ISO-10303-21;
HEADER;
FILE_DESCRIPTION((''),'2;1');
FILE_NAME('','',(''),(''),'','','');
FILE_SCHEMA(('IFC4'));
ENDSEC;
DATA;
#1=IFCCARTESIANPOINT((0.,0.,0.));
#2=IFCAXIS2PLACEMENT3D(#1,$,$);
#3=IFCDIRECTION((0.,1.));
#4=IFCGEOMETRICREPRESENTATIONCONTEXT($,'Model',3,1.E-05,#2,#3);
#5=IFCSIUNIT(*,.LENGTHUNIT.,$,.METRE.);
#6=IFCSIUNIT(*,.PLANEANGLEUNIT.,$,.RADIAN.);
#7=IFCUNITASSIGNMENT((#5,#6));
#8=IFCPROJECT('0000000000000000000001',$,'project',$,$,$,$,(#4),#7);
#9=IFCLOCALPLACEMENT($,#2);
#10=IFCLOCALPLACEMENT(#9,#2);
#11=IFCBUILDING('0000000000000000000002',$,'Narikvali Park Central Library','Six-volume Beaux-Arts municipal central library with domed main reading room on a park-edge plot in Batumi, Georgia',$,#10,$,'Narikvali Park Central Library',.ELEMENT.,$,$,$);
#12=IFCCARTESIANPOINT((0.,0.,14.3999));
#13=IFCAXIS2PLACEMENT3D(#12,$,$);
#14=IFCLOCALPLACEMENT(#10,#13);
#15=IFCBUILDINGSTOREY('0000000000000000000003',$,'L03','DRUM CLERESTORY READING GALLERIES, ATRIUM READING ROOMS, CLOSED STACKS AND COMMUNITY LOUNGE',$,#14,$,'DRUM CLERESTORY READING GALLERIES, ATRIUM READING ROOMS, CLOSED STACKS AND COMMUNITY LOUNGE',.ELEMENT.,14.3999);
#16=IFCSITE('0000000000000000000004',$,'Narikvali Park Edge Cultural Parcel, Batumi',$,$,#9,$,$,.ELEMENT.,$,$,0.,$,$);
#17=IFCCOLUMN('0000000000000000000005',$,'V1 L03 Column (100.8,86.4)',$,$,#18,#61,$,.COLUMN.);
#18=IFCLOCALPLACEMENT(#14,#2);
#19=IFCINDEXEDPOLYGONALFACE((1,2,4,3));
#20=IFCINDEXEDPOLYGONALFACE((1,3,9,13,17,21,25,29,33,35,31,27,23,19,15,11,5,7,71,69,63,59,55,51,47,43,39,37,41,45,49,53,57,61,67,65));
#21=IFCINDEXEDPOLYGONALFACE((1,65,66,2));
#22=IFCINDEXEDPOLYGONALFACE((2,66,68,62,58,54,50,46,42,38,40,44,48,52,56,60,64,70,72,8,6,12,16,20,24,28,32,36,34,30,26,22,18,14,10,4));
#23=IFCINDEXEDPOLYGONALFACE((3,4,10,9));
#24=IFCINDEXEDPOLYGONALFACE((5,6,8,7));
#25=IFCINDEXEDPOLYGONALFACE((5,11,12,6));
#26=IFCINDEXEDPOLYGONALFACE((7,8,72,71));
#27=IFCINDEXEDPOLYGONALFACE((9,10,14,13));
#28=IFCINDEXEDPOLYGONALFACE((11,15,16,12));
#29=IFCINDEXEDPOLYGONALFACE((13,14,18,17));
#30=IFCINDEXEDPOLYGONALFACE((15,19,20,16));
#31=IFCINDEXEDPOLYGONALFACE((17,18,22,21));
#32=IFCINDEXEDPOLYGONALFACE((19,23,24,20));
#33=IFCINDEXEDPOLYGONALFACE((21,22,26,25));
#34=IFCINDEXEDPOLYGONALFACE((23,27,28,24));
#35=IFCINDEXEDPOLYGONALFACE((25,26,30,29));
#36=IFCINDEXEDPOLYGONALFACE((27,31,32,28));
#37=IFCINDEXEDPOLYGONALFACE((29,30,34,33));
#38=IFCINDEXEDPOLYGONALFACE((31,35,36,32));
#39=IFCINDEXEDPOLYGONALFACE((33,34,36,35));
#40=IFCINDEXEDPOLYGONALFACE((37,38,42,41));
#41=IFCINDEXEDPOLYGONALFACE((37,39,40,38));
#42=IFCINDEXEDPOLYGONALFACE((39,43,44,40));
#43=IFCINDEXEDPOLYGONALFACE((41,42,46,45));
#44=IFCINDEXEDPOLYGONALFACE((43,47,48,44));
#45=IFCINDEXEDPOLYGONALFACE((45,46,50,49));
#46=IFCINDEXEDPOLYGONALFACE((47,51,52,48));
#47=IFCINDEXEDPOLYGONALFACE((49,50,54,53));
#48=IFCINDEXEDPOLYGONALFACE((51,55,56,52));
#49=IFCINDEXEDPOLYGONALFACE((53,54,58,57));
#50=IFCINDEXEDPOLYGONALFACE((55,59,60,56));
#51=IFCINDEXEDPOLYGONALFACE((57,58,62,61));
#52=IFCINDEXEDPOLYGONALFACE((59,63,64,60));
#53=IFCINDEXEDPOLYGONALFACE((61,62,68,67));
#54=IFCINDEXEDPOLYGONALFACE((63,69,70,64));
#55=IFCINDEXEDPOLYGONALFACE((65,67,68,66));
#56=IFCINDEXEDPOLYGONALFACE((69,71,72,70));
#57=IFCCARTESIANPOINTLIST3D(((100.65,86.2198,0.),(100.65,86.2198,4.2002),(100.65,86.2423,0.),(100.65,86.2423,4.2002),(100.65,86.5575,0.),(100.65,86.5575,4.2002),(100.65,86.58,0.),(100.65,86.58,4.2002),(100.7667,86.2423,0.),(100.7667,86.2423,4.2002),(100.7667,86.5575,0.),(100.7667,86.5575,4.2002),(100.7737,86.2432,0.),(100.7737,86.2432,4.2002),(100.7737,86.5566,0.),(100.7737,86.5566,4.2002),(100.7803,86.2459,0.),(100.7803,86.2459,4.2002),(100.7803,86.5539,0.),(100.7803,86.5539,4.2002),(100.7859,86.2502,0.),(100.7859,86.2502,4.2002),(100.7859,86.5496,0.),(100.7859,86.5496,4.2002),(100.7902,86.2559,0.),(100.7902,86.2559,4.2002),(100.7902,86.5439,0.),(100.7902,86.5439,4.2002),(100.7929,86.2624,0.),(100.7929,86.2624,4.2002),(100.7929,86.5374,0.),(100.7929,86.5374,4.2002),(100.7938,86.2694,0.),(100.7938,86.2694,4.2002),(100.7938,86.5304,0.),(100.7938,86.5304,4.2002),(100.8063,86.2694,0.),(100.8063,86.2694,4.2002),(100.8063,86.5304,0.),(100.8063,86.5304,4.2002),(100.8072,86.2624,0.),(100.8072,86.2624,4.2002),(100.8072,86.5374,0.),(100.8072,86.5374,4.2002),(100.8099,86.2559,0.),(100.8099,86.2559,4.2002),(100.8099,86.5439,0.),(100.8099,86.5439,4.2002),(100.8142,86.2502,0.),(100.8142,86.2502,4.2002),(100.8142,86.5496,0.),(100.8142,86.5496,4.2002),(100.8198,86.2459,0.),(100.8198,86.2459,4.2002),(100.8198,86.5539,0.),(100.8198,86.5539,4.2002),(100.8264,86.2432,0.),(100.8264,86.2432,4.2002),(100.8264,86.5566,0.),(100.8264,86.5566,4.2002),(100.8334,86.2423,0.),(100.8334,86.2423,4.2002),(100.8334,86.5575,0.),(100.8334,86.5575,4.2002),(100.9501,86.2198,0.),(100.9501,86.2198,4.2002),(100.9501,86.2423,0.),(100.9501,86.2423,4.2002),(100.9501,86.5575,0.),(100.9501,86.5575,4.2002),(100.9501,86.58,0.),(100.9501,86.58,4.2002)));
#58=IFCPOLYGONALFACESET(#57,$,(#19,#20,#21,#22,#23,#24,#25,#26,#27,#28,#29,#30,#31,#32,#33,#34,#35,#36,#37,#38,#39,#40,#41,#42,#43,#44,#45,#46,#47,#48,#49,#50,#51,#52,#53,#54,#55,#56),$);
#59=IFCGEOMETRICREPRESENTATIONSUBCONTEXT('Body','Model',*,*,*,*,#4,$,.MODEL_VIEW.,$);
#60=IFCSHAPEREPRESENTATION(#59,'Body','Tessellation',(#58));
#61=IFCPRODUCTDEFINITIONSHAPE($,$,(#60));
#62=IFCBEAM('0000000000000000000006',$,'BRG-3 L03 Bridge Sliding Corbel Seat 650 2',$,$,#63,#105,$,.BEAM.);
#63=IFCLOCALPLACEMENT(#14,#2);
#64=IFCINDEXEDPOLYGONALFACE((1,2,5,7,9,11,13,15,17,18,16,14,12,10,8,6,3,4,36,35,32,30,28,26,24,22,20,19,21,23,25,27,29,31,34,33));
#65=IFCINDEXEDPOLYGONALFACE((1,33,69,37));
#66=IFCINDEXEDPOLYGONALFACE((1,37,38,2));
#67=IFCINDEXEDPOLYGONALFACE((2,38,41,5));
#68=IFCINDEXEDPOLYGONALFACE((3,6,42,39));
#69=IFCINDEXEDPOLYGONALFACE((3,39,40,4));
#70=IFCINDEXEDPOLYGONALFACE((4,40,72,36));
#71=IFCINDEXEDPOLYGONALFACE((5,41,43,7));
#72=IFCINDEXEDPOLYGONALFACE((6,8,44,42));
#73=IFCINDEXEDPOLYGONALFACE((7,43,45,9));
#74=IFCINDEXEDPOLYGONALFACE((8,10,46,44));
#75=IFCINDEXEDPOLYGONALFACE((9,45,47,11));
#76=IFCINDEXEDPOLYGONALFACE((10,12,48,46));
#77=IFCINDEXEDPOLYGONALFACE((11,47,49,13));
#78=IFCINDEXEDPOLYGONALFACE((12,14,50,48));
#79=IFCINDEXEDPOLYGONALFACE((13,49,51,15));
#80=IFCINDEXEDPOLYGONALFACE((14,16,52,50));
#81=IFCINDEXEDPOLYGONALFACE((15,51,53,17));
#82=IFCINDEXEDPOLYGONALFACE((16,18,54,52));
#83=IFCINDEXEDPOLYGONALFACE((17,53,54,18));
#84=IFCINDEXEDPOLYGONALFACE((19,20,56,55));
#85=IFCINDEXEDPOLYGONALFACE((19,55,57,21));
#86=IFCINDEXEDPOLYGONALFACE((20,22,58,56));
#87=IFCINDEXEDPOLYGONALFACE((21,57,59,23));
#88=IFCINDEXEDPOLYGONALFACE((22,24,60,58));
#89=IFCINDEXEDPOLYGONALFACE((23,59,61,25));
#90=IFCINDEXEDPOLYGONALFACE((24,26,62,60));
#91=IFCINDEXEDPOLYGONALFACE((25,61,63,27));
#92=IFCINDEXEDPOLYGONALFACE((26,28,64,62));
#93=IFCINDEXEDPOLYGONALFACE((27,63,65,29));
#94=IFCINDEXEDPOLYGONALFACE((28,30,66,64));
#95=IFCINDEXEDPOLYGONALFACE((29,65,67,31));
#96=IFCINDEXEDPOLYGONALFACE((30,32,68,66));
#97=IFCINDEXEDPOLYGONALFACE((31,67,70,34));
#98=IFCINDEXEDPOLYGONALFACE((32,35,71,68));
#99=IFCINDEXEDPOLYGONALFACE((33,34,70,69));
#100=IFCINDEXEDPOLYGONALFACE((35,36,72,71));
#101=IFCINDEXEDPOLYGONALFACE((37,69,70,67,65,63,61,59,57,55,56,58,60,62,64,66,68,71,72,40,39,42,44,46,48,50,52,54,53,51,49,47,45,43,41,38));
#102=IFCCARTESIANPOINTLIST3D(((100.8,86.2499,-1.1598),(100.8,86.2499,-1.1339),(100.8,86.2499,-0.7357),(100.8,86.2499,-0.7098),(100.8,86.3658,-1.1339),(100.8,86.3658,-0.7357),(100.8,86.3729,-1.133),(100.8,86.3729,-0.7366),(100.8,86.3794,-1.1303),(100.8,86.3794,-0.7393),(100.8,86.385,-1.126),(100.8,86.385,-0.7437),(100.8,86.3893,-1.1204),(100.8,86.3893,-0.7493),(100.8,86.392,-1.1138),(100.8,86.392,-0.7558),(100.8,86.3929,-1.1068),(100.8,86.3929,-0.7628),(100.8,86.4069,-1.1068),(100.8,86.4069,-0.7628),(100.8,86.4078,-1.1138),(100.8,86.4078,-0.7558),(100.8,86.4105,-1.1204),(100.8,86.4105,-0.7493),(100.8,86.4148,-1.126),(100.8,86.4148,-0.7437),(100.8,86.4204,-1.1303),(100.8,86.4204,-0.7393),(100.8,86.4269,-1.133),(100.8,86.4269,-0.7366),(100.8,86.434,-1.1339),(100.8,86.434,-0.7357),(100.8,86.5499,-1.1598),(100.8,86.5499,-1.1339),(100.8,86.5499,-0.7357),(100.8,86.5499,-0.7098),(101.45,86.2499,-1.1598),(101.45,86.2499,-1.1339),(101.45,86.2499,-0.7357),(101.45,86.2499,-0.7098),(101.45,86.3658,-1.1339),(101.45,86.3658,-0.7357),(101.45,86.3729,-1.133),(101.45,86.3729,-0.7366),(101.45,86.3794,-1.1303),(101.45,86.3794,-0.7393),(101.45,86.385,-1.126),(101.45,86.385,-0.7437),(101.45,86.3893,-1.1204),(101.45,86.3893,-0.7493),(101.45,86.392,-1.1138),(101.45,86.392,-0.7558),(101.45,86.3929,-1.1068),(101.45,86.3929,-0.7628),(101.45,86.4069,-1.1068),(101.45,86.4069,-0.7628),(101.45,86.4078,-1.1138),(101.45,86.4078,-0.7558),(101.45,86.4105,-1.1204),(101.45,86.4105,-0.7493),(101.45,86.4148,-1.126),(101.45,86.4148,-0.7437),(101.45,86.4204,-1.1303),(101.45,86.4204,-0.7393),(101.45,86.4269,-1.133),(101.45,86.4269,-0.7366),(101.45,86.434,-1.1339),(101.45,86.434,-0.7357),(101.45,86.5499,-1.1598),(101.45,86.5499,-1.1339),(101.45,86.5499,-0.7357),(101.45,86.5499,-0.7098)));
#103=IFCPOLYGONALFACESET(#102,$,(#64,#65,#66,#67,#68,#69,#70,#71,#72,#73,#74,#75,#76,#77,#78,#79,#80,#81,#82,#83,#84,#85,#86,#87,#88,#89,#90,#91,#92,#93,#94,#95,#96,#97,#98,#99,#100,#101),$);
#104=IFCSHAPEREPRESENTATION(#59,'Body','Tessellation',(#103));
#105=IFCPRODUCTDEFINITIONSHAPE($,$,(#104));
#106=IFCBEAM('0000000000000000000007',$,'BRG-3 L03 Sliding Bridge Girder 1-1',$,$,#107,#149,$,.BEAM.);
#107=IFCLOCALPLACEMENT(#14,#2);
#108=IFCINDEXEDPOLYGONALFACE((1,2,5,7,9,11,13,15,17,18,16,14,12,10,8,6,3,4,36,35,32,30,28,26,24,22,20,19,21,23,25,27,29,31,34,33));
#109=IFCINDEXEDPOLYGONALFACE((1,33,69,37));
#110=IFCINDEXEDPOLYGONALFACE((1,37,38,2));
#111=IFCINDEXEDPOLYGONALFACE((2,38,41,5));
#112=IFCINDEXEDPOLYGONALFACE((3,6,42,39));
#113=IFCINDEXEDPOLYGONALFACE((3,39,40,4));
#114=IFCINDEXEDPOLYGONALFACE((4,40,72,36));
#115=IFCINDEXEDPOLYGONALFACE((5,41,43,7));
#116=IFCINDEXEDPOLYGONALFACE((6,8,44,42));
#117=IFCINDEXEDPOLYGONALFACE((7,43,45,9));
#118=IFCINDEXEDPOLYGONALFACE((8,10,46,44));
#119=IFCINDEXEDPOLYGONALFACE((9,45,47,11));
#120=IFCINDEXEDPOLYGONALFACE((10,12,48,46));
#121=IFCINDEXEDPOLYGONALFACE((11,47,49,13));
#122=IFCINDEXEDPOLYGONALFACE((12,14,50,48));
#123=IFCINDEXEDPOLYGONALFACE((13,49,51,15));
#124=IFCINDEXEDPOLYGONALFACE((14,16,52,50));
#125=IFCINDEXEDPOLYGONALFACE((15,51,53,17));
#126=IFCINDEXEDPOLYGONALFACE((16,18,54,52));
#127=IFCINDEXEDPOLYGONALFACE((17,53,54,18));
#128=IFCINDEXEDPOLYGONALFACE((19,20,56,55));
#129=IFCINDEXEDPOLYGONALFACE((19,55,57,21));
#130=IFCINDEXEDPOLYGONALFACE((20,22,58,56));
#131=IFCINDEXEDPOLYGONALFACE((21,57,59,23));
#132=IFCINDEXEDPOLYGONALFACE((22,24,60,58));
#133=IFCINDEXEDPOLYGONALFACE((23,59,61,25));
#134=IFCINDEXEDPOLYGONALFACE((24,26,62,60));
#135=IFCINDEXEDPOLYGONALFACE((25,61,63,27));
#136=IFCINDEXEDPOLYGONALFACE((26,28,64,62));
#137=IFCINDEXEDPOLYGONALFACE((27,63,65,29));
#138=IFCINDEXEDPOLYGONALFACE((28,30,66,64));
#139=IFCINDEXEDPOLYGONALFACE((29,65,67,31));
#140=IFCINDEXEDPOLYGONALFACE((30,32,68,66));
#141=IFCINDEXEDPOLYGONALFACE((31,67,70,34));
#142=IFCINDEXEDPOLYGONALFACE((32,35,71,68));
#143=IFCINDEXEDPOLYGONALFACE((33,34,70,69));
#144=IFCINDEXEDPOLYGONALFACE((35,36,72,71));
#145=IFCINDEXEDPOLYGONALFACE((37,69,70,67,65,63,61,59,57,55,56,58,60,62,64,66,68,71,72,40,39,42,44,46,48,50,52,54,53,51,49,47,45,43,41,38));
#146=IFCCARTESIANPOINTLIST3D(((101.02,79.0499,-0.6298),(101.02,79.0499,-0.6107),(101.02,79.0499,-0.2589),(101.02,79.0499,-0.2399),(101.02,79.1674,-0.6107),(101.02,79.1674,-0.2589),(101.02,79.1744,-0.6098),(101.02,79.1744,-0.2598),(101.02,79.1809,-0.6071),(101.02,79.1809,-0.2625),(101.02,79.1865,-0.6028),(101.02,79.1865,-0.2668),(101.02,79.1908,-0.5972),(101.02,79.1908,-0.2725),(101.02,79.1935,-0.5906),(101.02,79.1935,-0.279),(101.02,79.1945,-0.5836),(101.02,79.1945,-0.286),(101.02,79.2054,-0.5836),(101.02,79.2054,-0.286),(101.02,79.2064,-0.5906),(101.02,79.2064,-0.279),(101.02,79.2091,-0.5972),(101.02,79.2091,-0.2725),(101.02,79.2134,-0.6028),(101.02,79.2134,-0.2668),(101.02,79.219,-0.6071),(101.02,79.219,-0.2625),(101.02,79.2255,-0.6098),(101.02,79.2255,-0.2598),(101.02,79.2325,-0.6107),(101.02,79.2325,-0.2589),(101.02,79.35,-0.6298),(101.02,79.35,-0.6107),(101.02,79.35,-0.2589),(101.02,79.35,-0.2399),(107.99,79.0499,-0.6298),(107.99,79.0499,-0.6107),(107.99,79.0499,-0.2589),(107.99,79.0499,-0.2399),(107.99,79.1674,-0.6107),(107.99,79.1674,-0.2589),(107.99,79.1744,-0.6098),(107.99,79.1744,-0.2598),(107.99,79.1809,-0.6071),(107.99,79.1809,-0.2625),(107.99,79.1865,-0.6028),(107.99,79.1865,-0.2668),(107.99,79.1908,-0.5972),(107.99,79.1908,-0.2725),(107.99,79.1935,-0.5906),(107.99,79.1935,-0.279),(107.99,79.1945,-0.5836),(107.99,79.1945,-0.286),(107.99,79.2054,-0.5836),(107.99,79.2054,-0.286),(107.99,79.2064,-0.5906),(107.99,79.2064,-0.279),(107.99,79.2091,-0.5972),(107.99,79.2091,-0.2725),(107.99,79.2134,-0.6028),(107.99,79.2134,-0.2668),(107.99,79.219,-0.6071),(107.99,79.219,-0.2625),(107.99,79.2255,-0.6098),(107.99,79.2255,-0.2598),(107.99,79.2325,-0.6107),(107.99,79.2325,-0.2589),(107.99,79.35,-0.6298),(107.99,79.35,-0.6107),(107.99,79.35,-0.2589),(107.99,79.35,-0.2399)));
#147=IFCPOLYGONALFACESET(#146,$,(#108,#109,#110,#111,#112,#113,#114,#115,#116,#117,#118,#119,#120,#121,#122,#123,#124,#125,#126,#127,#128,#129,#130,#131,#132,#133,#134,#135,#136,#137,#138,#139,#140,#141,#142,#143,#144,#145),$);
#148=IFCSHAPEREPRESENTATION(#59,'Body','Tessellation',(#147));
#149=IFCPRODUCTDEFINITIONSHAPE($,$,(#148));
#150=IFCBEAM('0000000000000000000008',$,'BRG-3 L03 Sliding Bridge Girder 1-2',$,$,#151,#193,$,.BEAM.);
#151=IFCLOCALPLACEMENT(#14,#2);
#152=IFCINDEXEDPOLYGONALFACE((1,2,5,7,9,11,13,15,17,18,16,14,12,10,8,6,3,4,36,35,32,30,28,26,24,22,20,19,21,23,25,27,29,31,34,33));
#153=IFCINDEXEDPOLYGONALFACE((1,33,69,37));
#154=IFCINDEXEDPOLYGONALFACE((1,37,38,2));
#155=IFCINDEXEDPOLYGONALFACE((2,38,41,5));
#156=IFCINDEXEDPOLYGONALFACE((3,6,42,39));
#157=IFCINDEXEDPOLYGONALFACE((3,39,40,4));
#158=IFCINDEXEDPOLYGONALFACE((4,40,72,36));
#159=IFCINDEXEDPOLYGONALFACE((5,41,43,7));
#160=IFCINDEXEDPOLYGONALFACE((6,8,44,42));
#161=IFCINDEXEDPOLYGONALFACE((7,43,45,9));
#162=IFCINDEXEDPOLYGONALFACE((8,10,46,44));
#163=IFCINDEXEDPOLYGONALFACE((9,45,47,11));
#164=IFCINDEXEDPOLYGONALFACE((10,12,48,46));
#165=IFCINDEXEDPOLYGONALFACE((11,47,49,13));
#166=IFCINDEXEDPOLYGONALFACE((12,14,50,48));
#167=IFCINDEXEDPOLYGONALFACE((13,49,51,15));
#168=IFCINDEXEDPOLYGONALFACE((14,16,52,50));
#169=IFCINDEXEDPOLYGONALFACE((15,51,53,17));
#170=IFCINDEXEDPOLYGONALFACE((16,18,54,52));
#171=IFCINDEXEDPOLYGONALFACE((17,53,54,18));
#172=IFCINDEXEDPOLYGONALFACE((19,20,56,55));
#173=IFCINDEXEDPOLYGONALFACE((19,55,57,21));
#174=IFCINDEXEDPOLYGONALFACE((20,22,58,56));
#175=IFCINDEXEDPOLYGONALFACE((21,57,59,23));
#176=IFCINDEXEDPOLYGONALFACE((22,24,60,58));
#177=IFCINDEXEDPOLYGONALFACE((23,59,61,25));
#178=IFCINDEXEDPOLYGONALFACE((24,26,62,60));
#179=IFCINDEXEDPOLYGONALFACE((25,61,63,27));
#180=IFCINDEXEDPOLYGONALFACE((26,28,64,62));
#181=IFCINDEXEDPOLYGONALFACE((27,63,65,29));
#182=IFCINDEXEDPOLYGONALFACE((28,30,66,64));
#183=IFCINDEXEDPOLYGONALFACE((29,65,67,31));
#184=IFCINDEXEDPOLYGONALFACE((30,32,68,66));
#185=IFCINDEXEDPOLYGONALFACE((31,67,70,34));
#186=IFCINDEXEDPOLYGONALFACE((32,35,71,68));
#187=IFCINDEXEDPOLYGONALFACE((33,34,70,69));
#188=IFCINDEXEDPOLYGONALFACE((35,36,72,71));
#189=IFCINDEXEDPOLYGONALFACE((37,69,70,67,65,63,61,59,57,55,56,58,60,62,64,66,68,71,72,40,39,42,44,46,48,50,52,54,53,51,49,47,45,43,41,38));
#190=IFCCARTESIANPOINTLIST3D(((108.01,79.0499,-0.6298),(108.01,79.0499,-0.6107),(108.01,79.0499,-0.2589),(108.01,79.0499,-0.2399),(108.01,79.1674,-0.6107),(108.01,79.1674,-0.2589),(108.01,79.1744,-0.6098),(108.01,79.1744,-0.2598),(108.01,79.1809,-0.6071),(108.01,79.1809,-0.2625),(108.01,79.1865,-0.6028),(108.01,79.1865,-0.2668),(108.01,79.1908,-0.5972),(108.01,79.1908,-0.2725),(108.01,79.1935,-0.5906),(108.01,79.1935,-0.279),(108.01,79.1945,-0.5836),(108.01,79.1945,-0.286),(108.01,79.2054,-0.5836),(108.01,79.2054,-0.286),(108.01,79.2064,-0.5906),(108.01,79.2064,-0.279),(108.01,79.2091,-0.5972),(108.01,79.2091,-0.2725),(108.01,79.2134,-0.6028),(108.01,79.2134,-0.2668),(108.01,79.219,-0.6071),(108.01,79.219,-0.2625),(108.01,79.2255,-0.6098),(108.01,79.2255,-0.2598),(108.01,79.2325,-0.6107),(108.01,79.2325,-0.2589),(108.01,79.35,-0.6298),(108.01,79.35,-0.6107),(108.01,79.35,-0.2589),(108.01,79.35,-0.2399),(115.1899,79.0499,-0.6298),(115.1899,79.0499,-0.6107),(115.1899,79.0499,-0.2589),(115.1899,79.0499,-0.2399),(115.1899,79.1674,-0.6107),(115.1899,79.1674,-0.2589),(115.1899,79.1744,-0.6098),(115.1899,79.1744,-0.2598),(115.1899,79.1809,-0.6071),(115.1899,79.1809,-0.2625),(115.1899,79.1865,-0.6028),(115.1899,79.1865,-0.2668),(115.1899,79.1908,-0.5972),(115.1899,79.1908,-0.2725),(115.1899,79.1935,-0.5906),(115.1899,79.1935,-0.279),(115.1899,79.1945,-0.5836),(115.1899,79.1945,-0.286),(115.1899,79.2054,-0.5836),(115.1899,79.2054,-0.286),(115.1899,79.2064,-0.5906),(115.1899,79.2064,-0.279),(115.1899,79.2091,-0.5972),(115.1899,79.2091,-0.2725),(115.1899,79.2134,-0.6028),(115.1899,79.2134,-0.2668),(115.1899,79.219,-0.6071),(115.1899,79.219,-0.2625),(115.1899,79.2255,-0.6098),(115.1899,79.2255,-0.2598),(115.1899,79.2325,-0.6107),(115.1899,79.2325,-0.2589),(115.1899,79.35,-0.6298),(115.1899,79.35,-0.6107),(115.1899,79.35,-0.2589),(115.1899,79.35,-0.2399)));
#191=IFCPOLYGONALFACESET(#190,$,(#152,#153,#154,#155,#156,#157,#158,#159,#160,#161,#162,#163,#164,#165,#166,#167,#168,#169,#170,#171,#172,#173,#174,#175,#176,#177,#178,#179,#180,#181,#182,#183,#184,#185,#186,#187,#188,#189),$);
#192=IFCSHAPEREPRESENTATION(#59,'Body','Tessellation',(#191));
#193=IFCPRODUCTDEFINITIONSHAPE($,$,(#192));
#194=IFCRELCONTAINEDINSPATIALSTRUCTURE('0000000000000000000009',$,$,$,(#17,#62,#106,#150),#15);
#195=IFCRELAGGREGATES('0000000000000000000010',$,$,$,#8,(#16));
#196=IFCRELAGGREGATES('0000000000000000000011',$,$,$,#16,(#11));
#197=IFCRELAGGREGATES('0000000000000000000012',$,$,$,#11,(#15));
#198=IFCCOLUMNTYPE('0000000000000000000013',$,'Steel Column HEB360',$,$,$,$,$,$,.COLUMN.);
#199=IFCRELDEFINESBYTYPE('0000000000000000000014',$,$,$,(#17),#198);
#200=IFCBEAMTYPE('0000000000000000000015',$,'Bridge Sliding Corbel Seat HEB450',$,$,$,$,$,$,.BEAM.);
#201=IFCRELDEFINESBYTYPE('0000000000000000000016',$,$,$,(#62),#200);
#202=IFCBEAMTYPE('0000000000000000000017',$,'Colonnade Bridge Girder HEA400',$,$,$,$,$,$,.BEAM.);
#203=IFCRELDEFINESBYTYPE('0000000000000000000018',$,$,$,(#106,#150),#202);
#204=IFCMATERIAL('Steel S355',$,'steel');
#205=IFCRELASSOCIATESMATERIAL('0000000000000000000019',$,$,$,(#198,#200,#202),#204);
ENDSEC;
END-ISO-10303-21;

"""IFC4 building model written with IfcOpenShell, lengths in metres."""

from ifc_helpers import new_model, si_unit, direction, frame, origin, origin_2d, place, context, subcontext, project, spatial, i_section, extrude, material, material_profile, profile_set, type_object, element, save


model = new_model("IFC4")

# Units and contexts
model_context = context("Model", 3, precision=1e-05, world=origin(), true_north=direction((0.0, 1.0)))
body_context = subcontext(model_context, "Body", "Model", "MODEL_VIEW")
ifc_project = project(units=[si_unit("LENGTHUNIT", "METRE"), si_unit("PLANEANGLEUNIT", "RADIAN")], contexts=[model_context])

# Site, building, storey
site_placement = place(None, origin())
site = spatial("IfcSite", under=ifc_project, at=site_placement, Name="Narikvali Park Edge Cultural Parcel, Batumi", CompositionType="ELEMENT", RefElevation=0.0)
building_placement = place(site_placement, origin())
building = spatial("IfcBuilding", under=site, at=building_placement, Name="Narikvali Park Central Library", Description="Six-volume Beaux-Arts municipal central library with domed main reading room on a park-edge plot in Batumi, Georgia", LongName="Narikvali Park Central Library", CompositionType="ELEMENT")
storey_placement = place(building_placement, frame((0.0, 0.0, 14.3999)))
storey = spatial("IfcBuildingStorey", under=building, at=storey_placement, Name="L03", Description="DRUM CLERESTORY READING GALLERIES, ATRIUM READING ROOMS, CLOSED STACKS AND COMMUNITY LOUNGE", LongName="DRUM CLERESTORY READING GALLERIES, ATRIUM READING ROOMS, CLOSED STACKS AND COMMUNITY LOUNGE", CompositionType="ELEMENT", Elevation=14.3999)

# Column
ifc_material_1 = material(Name="Steel S355", Category="steel")
ifc_material_profile_1 = material_profile(ifc_material_1, i_section(OverallWidth=0.3, OverallDepth=0.3601, WebThickness=0.0125, FlangeThickness=0.0225, FilletRadius=0.0271, at=origin_2d()), Name="HEB 360")
ifc_profile_set_1 = profile_set([ifc_material_profile_1], Name="Steel S355")
column_type = type_object("IfcColumnType", Name="Steel Column HEB360", PredefinedType="COLUMN", material=ifc_profile_set_1)
column_placement = place(storey_placement, frame((100.8, 86.3999, 0.0), z_axis=(0.0, 0.0, 1.0), x_axis=(1.0, 0.0, 0.0)))
element("IfcColumn", 1, at=column_placement, inside=storey, type_object=column_type, Name="V1 L03 Column (100.8,86.4)", PredefinedType="COLUMN", context=body_context, shape_type="SweptSolid", body=[
    extrude(i_section(OverallWidth=0.3, OverallDepth=0.3601, WebThickness=0.0125, FlangeThickness=0.0225, FilletRadius=0.0271, at=origin_2d()), origin(), (0.0, 0.0, 1.0), 4.2002),
])

# Beams
ifc_material_profile_2 = material_profile(ifc_material_1, i_section(OverallWidth=0.3, OverallDepth=0.45, WebThickness=0.0139, FlangeThickness=0.0259, FilletRadius=0.0271, at=origin_2d()), Name="HEB 450")
ifc_profile_set_2 = profile_set([ifc_material_profile_2], Name="Steel S355")
beam_type_1 = type_object("IfcBeamType", Name="Bridge Sliding Corbel Seat HEB450", PredefinedType="BEAM", material=ifc_profile_set_2)
beam_1_placement = place(storey_placement, frame((100.8, 86.3999, -0.9348), z_axis=(1.0, 0.0, 0.0), x_axis=(0.0, 1.0, 0.0)))
element("IfcBeam", 2, at=beam_1_placement, inside=storey, type_object=beam_type_1, Name="BRG-3 L03 Bridge Sliding Corbel Seat 650 2", PredefinedType="BEAM", context=body_context, shape_type="SweptSolid", body=[
    extrude(i_section(OverallWidth=0.3, OverallDepth=0.45, WebThickness=0.0139, FlangeThickness=0.0259, FilletRadius=0.0271, at=origin_2d()), origin(), (0.0, 0.0, 1.0), 0.6499),
])
ifc_material_profile_3 = material_profile(ifc_material_1, i_section(OverallWidth=0.3, OverallDepth=0.3899, WebThickness=0.011, FlangeThickness=0.019, FilletRadius=0.0271, at=origin_2d()), Name="HEA 400")
ifc_profile_set_3 = profile_set([ifc_material_profile_3], Name="Steel S355")
beam_type_2 = type_object("IfcBeamType", Name="Colonnade Bridge Girder HEA400", PredefinedType="BEAM", material=ifc_profile_set_3)
beam_2_placement = place(storey_placement, frame((101.02, 79.2, -0.4348), z_axis=(1.0, 0.0, 0.0), x_axis=(0.0, 1.0, 0.0)))
element("IfcBeam", 3, at=beam_2_placement, inside=storey, type_object=beam_type_2, Name="BRG-3 L03 Sliding Bridge Girder 1-1", PredefinedType="BEAM", context=body_context, shape_type="SweptSolid", body=[
    extrude(i_section(OverallWidth=0.3, OverallDepth=0.3899, WebThickness=0.011, FlangeThickness=0.019, FilletRadius=0.0271, at=origin_2d()), origin(), (0.0, 0.0, 1.0), 6.97),
])
for number, where, z_axis, x_axis, name in (
    (4, (108.01, 79.2, -0.4348), (1.0, 0.0, 0.0), (0.0, 1.0, 0.0), "BRG-3 L03 Sliding Bridge Girder 1-2"),
):
    element("IfcBeam", number, at=place(storey_placement, frame(where, z_axis=z_axis, x_axis=x_axis)), inside=storey, type_object=beam_type_2, Name=name, PredefinedType="BEAM", context=body_context, shape_type="SweptSolid", body=[
        extrude(i_section(OverallWidth=0.3, OverallDepth=0.3899, WebThickness=0.011, FlangeThickness=0.019, FilletRadius=0.0271, at=origin_2d()), origin(), (0.0, 0.0, 1.0), 7.1799),
    ])

save(model, "model.ifc")
